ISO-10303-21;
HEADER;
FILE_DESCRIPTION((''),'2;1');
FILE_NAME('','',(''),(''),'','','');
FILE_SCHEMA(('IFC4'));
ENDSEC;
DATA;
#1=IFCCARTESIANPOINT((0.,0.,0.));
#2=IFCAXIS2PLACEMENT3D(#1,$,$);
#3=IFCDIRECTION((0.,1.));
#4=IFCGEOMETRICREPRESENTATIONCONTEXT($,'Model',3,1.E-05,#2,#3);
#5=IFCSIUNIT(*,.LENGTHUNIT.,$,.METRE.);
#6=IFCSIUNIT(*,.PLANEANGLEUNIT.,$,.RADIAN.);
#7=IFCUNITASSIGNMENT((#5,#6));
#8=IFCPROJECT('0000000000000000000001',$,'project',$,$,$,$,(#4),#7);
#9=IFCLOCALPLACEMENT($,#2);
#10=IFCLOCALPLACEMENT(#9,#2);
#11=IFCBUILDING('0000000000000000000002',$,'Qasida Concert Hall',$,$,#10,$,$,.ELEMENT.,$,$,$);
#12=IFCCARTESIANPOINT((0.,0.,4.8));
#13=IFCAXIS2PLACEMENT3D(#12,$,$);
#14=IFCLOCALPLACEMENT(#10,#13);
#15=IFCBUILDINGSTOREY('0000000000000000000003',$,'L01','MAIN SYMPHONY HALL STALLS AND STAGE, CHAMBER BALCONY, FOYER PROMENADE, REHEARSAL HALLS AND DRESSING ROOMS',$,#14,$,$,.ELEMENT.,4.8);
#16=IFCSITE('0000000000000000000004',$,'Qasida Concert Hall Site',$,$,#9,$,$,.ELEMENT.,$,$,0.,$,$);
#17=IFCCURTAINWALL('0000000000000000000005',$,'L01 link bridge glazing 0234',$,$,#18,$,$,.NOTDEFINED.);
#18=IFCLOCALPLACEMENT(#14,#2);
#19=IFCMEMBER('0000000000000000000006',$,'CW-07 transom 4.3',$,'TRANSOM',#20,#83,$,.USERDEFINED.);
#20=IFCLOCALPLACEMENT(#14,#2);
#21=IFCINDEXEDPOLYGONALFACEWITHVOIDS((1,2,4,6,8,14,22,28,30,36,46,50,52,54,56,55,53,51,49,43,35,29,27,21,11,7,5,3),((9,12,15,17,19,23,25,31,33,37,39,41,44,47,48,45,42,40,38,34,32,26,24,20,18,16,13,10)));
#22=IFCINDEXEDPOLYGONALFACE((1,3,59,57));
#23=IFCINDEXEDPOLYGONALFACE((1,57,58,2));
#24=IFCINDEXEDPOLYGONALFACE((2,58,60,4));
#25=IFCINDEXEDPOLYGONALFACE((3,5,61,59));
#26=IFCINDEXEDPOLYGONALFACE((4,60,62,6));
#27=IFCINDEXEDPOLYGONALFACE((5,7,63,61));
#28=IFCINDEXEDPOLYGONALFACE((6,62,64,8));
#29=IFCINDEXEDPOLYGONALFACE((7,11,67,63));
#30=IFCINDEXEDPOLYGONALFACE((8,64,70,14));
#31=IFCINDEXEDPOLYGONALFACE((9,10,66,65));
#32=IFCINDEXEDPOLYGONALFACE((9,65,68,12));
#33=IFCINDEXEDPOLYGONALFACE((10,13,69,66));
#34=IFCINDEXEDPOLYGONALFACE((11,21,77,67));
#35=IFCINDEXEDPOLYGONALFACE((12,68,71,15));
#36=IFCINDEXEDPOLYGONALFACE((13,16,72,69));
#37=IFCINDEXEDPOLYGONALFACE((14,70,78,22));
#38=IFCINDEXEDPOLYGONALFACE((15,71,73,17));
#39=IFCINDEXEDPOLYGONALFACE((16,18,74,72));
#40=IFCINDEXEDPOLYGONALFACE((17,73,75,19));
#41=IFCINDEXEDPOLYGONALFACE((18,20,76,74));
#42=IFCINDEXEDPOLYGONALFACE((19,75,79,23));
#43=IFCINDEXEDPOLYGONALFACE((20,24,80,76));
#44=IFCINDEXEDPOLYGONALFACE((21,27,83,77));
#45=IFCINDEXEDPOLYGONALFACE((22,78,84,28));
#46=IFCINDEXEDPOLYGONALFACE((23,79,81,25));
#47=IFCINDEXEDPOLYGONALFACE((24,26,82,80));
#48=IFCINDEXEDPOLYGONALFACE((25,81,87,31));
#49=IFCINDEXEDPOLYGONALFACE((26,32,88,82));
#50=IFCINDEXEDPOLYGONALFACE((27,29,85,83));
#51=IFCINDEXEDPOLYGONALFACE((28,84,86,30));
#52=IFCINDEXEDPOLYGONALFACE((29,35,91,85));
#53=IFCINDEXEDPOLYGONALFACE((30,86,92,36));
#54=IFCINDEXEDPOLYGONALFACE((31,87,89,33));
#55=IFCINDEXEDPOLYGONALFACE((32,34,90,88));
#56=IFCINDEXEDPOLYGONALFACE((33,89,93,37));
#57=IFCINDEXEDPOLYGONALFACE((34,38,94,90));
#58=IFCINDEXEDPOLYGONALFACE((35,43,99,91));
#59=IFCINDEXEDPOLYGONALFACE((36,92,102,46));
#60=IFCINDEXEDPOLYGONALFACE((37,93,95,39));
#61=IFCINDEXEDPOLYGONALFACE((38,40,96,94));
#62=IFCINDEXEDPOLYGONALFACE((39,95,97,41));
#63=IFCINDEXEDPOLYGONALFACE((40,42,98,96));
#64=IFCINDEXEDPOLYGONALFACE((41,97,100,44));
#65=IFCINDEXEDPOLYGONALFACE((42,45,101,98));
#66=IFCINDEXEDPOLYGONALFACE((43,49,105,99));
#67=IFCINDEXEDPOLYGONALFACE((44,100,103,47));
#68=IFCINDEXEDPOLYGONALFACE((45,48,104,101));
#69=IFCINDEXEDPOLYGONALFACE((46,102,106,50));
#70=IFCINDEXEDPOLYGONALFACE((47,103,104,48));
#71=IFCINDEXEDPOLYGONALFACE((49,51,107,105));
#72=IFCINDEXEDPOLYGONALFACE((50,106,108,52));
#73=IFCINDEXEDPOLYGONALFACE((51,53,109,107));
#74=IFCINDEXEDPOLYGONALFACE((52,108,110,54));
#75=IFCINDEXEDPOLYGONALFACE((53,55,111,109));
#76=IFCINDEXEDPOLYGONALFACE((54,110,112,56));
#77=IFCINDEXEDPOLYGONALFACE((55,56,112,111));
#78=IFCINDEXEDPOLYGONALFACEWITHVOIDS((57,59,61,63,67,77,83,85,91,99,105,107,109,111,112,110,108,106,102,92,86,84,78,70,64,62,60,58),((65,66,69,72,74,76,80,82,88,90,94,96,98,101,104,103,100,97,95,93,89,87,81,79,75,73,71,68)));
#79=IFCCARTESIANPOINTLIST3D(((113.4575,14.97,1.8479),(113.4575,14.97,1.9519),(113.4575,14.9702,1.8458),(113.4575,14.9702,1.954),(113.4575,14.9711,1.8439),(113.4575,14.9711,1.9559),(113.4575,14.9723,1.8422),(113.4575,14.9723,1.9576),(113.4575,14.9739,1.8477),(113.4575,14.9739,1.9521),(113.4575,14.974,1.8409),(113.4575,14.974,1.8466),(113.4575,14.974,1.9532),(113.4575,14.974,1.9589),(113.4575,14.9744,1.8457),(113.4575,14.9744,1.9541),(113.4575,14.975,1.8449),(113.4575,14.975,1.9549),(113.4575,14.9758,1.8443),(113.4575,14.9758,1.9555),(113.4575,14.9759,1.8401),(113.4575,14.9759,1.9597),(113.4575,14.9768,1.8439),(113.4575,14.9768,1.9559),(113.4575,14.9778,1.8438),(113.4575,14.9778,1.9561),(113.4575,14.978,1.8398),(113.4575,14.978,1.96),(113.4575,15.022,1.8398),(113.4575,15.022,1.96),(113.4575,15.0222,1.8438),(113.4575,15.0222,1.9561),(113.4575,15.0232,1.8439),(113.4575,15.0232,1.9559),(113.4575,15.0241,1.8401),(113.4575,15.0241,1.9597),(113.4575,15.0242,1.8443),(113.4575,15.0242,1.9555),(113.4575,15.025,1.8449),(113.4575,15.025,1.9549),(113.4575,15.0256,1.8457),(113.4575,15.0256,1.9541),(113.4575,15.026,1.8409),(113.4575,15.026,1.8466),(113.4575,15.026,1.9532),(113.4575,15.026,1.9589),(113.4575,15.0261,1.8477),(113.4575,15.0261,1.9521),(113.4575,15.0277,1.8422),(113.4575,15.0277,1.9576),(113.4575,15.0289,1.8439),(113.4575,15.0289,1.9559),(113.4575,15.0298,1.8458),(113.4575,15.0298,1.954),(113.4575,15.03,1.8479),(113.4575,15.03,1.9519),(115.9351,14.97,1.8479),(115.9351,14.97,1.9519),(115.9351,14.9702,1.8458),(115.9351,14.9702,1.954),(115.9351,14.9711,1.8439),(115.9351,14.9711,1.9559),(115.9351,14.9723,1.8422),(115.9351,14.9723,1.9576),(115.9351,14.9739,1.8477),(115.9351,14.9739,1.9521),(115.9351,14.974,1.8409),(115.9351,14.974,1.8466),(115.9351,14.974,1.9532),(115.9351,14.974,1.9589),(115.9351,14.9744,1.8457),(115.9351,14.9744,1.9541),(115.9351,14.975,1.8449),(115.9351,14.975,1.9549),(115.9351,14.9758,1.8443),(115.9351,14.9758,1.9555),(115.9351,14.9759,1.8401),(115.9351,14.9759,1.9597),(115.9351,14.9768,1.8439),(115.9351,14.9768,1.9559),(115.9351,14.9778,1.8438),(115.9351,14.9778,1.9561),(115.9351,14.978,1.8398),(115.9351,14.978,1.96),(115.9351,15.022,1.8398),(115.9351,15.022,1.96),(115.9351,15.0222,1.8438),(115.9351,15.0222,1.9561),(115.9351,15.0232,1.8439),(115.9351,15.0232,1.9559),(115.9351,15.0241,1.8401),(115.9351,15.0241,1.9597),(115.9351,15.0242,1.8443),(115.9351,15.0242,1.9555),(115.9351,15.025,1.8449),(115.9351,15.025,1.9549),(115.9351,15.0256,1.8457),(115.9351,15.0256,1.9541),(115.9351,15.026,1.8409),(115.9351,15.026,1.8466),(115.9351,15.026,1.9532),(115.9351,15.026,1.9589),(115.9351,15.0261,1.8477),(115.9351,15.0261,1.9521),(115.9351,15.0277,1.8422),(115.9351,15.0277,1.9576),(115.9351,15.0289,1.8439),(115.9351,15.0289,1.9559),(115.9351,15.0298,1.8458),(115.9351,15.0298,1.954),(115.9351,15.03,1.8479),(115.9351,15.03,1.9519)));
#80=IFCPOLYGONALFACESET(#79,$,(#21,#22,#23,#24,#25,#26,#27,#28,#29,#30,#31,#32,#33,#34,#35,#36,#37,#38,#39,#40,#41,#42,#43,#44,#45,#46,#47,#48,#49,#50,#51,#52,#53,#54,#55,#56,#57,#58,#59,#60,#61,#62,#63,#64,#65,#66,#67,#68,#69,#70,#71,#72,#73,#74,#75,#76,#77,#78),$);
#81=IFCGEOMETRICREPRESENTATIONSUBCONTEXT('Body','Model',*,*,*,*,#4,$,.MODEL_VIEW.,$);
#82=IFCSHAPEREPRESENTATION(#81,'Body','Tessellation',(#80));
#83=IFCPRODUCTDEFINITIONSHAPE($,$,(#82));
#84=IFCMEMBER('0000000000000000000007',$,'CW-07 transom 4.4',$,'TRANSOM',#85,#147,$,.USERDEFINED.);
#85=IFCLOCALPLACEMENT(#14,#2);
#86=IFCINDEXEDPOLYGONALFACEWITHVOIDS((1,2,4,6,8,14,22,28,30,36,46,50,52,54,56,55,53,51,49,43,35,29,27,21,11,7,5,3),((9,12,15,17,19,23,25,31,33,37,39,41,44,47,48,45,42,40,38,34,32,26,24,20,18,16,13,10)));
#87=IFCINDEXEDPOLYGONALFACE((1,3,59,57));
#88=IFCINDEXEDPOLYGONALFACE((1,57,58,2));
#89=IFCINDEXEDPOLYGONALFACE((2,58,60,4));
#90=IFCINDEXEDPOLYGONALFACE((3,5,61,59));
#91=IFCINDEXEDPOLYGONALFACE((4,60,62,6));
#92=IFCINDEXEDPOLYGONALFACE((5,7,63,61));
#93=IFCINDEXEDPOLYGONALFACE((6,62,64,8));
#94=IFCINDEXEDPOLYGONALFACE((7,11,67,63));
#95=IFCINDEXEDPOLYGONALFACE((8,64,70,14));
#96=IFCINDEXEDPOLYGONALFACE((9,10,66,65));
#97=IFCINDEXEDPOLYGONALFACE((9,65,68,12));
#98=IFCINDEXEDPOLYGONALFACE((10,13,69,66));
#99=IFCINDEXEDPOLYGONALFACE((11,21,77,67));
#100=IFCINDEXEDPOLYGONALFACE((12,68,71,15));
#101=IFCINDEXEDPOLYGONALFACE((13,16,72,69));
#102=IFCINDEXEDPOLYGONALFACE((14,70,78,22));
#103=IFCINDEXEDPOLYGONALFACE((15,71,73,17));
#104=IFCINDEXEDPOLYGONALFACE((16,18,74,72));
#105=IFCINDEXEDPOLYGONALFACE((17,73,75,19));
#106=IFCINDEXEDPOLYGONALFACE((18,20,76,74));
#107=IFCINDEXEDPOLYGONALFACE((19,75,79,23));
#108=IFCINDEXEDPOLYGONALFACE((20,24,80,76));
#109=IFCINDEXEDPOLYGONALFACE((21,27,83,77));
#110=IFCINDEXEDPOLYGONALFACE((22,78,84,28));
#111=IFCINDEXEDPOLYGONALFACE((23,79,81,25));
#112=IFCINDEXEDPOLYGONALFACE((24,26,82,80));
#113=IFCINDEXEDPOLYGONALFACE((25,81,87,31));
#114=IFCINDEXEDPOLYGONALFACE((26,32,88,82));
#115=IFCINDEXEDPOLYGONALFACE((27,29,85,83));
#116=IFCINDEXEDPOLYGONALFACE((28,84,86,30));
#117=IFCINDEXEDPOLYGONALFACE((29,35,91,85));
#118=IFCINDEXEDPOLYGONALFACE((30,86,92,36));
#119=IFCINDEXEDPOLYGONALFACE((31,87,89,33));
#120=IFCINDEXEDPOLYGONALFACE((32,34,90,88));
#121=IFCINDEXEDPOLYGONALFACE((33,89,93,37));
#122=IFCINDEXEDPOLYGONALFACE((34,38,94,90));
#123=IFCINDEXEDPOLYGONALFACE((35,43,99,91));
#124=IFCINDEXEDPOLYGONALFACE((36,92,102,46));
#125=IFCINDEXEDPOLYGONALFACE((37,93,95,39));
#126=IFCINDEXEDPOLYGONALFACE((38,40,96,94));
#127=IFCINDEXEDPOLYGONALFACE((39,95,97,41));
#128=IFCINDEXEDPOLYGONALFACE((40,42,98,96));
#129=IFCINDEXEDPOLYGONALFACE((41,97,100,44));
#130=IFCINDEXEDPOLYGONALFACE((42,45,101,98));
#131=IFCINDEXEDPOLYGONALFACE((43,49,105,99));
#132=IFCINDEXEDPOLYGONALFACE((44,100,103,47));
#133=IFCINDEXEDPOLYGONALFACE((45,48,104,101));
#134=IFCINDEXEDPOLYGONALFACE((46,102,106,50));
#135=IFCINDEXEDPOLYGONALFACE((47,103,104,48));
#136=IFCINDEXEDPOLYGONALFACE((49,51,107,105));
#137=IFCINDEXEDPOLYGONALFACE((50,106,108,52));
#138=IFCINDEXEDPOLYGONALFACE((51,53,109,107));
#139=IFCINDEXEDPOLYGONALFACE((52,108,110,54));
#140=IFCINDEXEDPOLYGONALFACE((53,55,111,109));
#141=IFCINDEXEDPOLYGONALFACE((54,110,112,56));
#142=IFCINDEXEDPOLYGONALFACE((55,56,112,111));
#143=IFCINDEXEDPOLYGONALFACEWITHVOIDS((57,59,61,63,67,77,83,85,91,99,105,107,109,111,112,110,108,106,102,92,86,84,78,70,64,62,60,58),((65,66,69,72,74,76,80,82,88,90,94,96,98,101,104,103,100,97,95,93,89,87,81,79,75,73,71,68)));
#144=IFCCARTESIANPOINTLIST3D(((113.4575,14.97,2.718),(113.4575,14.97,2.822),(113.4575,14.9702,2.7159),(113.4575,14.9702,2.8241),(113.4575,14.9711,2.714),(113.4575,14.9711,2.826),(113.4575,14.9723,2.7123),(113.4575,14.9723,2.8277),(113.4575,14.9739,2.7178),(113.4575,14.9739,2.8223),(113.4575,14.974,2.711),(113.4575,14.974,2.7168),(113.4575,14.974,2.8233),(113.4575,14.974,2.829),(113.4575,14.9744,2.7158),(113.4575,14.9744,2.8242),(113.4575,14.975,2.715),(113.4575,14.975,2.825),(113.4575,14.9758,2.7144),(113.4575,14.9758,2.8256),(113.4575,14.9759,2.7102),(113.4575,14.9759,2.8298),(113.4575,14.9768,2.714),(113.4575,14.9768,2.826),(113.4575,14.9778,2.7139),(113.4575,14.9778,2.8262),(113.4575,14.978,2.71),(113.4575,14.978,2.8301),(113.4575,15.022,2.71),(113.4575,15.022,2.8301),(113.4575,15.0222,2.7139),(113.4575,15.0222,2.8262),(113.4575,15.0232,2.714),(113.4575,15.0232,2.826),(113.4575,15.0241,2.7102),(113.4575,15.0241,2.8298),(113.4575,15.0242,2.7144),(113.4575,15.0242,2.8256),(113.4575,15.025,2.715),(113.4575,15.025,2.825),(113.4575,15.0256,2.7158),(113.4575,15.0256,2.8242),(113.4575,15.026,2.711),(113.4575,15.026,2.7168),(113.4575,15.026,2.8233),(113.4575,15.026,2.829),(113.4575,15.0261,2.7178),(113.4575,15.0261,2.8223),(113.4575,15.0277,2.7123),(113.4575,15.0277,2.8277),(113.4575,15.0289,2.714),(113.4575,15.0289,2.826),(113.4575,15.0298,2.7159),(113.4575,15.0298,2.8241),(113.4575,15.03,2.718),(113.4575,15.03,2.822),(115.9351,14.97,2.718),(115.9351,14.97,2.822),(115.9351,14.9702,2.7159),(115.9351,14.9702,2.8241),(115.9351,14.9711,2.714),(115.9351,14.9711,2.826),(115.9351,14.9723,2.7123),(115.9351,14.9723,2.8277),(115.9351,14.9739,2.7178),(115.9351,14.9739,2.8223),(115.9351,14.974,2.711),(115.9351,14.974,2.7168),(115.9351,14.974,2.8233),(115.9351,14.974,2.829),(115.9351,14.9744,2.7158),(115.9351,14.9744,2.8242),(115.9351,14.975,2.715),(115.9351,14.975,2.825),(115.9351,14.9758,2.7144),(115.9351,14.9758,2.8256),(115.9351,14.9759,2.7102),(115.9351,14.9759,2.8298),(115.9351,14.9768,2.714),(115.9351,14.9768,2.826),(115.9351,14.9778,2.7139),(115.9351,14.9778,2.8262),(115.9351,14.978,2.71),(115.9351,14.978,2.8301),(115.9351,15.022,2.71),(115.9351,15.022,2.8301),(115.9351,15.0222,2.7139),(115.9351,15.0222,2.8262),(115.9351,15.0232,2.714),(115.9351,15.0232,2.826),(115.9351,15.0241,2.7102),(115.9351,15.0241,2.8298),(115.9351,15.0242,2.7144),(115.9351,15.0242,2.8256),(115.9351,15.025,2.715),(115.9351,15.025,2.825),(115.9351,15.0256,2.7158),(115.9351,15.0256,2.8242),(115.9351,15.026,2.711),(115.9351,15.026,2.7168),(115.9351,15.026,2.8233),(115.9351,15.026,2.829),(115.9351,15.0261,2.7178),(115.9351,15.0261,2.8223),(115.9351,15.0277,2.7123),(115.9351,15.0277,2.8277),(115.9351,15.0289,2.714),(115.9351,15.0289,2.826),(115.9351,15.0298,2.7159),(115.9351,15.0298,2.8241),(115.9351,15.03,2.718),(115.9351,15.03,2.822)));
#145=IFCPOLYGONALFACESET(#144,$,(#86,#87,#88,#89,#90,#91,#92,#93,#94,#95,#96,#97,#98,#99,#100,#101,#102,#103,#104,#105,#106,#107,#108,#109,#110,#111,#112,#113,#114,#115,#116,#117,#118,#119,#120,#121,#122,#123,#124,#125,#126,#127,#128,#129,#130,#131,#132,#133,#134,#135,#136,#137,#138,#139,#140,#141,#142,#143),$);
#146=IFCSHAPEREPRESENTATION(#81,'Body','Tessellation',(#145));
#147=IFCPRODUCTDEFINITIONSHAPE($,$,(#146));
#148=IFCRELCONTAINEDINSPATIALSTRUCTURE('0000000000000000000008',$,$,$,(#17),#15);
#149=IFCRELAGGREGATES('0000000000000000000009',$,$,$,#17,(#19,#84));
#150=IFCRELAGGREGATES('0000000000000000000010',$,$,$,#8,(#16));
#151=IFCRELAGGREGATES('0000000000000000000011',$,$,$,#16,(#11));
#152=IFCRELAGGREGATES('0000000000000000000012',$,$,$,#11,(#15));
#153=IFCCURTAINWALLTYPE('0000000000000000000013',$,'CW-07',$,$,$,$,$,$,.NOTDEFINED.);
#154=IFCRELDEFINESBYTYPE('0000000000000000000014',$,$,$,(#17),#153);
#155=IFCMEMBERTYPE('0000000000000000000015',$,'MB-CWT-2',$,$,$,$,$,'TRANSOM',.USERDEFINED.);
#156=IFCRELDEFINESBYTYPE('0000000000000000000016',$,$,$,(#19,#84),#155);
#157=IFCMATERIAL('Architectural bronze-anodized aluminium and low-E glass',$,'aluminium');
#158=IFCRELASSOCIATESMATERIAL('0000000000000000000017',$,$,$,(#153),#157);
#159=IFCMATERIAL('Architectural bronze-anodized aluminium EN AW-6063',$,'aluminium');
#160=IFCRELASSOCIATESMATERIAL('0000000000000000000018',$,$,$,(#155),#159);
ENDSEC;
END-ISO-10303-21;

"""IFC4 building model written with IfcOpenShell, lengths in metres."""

from ifc_helpers import new_model, si_unit, direction, frame, origin, origin_2d, place, context, subcontext, project, spatial, hollow_rectangle, extrude, material, material_profile, profile_set, type_object, element, aggregate, save


model = new_model("IFC4")

# Units and contexts
model_context = context("Model", 3, precision=1e-05, world=origin(), true_north=direction((0.0, 1.0)))
body_context = subcontext(model_context, "Body", "Model", "MODEL_VIEW")
ifc_project = project(units=[si_unit("LENGTHUNIT", "METRE"), si_unit("PLANEANGLEUNIT", "RADIAN")], contexts=[model_context])

# Site, building, storey
site_placement = place(None, origin())
site = spatial("IfcSite", under=ifc_project, at=site_placement, Name="Qasida Concert Hall Site", CompositionType="ELEMENT", RefElevation=0.0)
building_placement = place(site_placement, origin())
building = spatial("IfcBuilding", under=site, at=building_placement, Name="Qasida Concert Hall", CompositionType="ELEMENT")
storey_placement = place(building_placement, frame((0.0, 0.0, 4.8)))
storey = spatial("IfcBuildingStorey", under=building, at=storey_placement, Name="L01", Description="MAIN SYMPHONY HALL STALLS AND STAGE, CHAMBER BALCONY, FOYER PROMENADE, REHEARSAL HALLS AND DRESSING ROOMS", CompositionType="ELEMENT", Elevation=4.8)

# Curtain wall
ifc_material_1 = material(Name="Architectural bronze-anodized aluminium and low-E glass", Category="aluminium")
curtain_wall_type = type_object("IfcCurtainWallType", Name="CW-07", PredefinedType="NOTDEFINED", material=ifc_material_1)
curtain_wall_1_placement = place(storey_placement, origin())
curtain_wall_1 = element("IfcCurtainWall", 1, at=curtain_wall_1_placement, inside=storey, type_object=curtain_wall_type, Name="L01 link bridge glazing 0234", PredefinedType="NOTDEFINED")
ifc_material_2 = material(Name="Architectural bronze-anodized aluminium EN AW-6063", Category="aluminium")

# Members
ifc_material_profile_1 = material_profile(ifc_material_2, hollow_rectangle(XDim=0.0601, YDim=0.1201, WallThickness=0.0039, InnerFilletRadius=0.0039, OuterFilletRadius=0.0081, at=origin_2d()), Name="CWT 120x60x4")
ifc_profile_set_1 = profile_set([ifc_material_profile_1], Name="Architectural bronze-anodized aluminium EN AW-6063")
member_type_1 = type_object("IfcMemberType", Name="MB-CWT-2", ElementType="TRANSOM", PredefinedType="USERDEFINED", material=ifc_profile_set_1)
member_1_placement = place(storey_placement, frame((113.4575, 15.0, 1.8999), z_axis=(1.0, 0.0, 0.0), x_axis=(0.0, 1.0, 0.0)))
member_1 = element("IfcMember", 2, at=member_1_placement, type_object=member_type_1, Name="CW-07 transom 4.3", ObjectType="TRANSOM", PredefinedType="USERDEFINED", context=body_context, shape_type="SweptSolid", body=[
    extrude(hollow_rectangle(XDim=0.0601, YDim=0.1201, WallThickness=0.0039, InnerFilletRadius=0.0039, OuterFilletRadius=0.0081, at=origin_2d()), origin(), (0.0, 0.0, 1.0), 2.4775),
])
member_2_placement = place(storey_placement, frame((113.4575, 15.0, 2.77), z_axis=(1.0, 0.0, 0.0), x_axis=(0.0, 1.0, 0.0)))
member_2 = element("IfcMember", 3, at=member_2_placement, type_object=member_type_1, Name="CW-07 transom 4.4", ObjectType="TRANSOM", PredefinedType="USERDEFINED", context=body_context, shape_type="SweptSolid", body=[
    extrude(hollow_rectangle(XDim=0.0601, YDim=0.1201, WallThickness=0.0039, InnerFilletRadius=0.0039, OuterFilletRadius=0.0081, at=origin_2d()), origin(), (0.0, 0.0, 1.0), 2.4775),
])

aggregate(curtain_wall_1, [member_1, member_2])

save(model, "model.ifc")
